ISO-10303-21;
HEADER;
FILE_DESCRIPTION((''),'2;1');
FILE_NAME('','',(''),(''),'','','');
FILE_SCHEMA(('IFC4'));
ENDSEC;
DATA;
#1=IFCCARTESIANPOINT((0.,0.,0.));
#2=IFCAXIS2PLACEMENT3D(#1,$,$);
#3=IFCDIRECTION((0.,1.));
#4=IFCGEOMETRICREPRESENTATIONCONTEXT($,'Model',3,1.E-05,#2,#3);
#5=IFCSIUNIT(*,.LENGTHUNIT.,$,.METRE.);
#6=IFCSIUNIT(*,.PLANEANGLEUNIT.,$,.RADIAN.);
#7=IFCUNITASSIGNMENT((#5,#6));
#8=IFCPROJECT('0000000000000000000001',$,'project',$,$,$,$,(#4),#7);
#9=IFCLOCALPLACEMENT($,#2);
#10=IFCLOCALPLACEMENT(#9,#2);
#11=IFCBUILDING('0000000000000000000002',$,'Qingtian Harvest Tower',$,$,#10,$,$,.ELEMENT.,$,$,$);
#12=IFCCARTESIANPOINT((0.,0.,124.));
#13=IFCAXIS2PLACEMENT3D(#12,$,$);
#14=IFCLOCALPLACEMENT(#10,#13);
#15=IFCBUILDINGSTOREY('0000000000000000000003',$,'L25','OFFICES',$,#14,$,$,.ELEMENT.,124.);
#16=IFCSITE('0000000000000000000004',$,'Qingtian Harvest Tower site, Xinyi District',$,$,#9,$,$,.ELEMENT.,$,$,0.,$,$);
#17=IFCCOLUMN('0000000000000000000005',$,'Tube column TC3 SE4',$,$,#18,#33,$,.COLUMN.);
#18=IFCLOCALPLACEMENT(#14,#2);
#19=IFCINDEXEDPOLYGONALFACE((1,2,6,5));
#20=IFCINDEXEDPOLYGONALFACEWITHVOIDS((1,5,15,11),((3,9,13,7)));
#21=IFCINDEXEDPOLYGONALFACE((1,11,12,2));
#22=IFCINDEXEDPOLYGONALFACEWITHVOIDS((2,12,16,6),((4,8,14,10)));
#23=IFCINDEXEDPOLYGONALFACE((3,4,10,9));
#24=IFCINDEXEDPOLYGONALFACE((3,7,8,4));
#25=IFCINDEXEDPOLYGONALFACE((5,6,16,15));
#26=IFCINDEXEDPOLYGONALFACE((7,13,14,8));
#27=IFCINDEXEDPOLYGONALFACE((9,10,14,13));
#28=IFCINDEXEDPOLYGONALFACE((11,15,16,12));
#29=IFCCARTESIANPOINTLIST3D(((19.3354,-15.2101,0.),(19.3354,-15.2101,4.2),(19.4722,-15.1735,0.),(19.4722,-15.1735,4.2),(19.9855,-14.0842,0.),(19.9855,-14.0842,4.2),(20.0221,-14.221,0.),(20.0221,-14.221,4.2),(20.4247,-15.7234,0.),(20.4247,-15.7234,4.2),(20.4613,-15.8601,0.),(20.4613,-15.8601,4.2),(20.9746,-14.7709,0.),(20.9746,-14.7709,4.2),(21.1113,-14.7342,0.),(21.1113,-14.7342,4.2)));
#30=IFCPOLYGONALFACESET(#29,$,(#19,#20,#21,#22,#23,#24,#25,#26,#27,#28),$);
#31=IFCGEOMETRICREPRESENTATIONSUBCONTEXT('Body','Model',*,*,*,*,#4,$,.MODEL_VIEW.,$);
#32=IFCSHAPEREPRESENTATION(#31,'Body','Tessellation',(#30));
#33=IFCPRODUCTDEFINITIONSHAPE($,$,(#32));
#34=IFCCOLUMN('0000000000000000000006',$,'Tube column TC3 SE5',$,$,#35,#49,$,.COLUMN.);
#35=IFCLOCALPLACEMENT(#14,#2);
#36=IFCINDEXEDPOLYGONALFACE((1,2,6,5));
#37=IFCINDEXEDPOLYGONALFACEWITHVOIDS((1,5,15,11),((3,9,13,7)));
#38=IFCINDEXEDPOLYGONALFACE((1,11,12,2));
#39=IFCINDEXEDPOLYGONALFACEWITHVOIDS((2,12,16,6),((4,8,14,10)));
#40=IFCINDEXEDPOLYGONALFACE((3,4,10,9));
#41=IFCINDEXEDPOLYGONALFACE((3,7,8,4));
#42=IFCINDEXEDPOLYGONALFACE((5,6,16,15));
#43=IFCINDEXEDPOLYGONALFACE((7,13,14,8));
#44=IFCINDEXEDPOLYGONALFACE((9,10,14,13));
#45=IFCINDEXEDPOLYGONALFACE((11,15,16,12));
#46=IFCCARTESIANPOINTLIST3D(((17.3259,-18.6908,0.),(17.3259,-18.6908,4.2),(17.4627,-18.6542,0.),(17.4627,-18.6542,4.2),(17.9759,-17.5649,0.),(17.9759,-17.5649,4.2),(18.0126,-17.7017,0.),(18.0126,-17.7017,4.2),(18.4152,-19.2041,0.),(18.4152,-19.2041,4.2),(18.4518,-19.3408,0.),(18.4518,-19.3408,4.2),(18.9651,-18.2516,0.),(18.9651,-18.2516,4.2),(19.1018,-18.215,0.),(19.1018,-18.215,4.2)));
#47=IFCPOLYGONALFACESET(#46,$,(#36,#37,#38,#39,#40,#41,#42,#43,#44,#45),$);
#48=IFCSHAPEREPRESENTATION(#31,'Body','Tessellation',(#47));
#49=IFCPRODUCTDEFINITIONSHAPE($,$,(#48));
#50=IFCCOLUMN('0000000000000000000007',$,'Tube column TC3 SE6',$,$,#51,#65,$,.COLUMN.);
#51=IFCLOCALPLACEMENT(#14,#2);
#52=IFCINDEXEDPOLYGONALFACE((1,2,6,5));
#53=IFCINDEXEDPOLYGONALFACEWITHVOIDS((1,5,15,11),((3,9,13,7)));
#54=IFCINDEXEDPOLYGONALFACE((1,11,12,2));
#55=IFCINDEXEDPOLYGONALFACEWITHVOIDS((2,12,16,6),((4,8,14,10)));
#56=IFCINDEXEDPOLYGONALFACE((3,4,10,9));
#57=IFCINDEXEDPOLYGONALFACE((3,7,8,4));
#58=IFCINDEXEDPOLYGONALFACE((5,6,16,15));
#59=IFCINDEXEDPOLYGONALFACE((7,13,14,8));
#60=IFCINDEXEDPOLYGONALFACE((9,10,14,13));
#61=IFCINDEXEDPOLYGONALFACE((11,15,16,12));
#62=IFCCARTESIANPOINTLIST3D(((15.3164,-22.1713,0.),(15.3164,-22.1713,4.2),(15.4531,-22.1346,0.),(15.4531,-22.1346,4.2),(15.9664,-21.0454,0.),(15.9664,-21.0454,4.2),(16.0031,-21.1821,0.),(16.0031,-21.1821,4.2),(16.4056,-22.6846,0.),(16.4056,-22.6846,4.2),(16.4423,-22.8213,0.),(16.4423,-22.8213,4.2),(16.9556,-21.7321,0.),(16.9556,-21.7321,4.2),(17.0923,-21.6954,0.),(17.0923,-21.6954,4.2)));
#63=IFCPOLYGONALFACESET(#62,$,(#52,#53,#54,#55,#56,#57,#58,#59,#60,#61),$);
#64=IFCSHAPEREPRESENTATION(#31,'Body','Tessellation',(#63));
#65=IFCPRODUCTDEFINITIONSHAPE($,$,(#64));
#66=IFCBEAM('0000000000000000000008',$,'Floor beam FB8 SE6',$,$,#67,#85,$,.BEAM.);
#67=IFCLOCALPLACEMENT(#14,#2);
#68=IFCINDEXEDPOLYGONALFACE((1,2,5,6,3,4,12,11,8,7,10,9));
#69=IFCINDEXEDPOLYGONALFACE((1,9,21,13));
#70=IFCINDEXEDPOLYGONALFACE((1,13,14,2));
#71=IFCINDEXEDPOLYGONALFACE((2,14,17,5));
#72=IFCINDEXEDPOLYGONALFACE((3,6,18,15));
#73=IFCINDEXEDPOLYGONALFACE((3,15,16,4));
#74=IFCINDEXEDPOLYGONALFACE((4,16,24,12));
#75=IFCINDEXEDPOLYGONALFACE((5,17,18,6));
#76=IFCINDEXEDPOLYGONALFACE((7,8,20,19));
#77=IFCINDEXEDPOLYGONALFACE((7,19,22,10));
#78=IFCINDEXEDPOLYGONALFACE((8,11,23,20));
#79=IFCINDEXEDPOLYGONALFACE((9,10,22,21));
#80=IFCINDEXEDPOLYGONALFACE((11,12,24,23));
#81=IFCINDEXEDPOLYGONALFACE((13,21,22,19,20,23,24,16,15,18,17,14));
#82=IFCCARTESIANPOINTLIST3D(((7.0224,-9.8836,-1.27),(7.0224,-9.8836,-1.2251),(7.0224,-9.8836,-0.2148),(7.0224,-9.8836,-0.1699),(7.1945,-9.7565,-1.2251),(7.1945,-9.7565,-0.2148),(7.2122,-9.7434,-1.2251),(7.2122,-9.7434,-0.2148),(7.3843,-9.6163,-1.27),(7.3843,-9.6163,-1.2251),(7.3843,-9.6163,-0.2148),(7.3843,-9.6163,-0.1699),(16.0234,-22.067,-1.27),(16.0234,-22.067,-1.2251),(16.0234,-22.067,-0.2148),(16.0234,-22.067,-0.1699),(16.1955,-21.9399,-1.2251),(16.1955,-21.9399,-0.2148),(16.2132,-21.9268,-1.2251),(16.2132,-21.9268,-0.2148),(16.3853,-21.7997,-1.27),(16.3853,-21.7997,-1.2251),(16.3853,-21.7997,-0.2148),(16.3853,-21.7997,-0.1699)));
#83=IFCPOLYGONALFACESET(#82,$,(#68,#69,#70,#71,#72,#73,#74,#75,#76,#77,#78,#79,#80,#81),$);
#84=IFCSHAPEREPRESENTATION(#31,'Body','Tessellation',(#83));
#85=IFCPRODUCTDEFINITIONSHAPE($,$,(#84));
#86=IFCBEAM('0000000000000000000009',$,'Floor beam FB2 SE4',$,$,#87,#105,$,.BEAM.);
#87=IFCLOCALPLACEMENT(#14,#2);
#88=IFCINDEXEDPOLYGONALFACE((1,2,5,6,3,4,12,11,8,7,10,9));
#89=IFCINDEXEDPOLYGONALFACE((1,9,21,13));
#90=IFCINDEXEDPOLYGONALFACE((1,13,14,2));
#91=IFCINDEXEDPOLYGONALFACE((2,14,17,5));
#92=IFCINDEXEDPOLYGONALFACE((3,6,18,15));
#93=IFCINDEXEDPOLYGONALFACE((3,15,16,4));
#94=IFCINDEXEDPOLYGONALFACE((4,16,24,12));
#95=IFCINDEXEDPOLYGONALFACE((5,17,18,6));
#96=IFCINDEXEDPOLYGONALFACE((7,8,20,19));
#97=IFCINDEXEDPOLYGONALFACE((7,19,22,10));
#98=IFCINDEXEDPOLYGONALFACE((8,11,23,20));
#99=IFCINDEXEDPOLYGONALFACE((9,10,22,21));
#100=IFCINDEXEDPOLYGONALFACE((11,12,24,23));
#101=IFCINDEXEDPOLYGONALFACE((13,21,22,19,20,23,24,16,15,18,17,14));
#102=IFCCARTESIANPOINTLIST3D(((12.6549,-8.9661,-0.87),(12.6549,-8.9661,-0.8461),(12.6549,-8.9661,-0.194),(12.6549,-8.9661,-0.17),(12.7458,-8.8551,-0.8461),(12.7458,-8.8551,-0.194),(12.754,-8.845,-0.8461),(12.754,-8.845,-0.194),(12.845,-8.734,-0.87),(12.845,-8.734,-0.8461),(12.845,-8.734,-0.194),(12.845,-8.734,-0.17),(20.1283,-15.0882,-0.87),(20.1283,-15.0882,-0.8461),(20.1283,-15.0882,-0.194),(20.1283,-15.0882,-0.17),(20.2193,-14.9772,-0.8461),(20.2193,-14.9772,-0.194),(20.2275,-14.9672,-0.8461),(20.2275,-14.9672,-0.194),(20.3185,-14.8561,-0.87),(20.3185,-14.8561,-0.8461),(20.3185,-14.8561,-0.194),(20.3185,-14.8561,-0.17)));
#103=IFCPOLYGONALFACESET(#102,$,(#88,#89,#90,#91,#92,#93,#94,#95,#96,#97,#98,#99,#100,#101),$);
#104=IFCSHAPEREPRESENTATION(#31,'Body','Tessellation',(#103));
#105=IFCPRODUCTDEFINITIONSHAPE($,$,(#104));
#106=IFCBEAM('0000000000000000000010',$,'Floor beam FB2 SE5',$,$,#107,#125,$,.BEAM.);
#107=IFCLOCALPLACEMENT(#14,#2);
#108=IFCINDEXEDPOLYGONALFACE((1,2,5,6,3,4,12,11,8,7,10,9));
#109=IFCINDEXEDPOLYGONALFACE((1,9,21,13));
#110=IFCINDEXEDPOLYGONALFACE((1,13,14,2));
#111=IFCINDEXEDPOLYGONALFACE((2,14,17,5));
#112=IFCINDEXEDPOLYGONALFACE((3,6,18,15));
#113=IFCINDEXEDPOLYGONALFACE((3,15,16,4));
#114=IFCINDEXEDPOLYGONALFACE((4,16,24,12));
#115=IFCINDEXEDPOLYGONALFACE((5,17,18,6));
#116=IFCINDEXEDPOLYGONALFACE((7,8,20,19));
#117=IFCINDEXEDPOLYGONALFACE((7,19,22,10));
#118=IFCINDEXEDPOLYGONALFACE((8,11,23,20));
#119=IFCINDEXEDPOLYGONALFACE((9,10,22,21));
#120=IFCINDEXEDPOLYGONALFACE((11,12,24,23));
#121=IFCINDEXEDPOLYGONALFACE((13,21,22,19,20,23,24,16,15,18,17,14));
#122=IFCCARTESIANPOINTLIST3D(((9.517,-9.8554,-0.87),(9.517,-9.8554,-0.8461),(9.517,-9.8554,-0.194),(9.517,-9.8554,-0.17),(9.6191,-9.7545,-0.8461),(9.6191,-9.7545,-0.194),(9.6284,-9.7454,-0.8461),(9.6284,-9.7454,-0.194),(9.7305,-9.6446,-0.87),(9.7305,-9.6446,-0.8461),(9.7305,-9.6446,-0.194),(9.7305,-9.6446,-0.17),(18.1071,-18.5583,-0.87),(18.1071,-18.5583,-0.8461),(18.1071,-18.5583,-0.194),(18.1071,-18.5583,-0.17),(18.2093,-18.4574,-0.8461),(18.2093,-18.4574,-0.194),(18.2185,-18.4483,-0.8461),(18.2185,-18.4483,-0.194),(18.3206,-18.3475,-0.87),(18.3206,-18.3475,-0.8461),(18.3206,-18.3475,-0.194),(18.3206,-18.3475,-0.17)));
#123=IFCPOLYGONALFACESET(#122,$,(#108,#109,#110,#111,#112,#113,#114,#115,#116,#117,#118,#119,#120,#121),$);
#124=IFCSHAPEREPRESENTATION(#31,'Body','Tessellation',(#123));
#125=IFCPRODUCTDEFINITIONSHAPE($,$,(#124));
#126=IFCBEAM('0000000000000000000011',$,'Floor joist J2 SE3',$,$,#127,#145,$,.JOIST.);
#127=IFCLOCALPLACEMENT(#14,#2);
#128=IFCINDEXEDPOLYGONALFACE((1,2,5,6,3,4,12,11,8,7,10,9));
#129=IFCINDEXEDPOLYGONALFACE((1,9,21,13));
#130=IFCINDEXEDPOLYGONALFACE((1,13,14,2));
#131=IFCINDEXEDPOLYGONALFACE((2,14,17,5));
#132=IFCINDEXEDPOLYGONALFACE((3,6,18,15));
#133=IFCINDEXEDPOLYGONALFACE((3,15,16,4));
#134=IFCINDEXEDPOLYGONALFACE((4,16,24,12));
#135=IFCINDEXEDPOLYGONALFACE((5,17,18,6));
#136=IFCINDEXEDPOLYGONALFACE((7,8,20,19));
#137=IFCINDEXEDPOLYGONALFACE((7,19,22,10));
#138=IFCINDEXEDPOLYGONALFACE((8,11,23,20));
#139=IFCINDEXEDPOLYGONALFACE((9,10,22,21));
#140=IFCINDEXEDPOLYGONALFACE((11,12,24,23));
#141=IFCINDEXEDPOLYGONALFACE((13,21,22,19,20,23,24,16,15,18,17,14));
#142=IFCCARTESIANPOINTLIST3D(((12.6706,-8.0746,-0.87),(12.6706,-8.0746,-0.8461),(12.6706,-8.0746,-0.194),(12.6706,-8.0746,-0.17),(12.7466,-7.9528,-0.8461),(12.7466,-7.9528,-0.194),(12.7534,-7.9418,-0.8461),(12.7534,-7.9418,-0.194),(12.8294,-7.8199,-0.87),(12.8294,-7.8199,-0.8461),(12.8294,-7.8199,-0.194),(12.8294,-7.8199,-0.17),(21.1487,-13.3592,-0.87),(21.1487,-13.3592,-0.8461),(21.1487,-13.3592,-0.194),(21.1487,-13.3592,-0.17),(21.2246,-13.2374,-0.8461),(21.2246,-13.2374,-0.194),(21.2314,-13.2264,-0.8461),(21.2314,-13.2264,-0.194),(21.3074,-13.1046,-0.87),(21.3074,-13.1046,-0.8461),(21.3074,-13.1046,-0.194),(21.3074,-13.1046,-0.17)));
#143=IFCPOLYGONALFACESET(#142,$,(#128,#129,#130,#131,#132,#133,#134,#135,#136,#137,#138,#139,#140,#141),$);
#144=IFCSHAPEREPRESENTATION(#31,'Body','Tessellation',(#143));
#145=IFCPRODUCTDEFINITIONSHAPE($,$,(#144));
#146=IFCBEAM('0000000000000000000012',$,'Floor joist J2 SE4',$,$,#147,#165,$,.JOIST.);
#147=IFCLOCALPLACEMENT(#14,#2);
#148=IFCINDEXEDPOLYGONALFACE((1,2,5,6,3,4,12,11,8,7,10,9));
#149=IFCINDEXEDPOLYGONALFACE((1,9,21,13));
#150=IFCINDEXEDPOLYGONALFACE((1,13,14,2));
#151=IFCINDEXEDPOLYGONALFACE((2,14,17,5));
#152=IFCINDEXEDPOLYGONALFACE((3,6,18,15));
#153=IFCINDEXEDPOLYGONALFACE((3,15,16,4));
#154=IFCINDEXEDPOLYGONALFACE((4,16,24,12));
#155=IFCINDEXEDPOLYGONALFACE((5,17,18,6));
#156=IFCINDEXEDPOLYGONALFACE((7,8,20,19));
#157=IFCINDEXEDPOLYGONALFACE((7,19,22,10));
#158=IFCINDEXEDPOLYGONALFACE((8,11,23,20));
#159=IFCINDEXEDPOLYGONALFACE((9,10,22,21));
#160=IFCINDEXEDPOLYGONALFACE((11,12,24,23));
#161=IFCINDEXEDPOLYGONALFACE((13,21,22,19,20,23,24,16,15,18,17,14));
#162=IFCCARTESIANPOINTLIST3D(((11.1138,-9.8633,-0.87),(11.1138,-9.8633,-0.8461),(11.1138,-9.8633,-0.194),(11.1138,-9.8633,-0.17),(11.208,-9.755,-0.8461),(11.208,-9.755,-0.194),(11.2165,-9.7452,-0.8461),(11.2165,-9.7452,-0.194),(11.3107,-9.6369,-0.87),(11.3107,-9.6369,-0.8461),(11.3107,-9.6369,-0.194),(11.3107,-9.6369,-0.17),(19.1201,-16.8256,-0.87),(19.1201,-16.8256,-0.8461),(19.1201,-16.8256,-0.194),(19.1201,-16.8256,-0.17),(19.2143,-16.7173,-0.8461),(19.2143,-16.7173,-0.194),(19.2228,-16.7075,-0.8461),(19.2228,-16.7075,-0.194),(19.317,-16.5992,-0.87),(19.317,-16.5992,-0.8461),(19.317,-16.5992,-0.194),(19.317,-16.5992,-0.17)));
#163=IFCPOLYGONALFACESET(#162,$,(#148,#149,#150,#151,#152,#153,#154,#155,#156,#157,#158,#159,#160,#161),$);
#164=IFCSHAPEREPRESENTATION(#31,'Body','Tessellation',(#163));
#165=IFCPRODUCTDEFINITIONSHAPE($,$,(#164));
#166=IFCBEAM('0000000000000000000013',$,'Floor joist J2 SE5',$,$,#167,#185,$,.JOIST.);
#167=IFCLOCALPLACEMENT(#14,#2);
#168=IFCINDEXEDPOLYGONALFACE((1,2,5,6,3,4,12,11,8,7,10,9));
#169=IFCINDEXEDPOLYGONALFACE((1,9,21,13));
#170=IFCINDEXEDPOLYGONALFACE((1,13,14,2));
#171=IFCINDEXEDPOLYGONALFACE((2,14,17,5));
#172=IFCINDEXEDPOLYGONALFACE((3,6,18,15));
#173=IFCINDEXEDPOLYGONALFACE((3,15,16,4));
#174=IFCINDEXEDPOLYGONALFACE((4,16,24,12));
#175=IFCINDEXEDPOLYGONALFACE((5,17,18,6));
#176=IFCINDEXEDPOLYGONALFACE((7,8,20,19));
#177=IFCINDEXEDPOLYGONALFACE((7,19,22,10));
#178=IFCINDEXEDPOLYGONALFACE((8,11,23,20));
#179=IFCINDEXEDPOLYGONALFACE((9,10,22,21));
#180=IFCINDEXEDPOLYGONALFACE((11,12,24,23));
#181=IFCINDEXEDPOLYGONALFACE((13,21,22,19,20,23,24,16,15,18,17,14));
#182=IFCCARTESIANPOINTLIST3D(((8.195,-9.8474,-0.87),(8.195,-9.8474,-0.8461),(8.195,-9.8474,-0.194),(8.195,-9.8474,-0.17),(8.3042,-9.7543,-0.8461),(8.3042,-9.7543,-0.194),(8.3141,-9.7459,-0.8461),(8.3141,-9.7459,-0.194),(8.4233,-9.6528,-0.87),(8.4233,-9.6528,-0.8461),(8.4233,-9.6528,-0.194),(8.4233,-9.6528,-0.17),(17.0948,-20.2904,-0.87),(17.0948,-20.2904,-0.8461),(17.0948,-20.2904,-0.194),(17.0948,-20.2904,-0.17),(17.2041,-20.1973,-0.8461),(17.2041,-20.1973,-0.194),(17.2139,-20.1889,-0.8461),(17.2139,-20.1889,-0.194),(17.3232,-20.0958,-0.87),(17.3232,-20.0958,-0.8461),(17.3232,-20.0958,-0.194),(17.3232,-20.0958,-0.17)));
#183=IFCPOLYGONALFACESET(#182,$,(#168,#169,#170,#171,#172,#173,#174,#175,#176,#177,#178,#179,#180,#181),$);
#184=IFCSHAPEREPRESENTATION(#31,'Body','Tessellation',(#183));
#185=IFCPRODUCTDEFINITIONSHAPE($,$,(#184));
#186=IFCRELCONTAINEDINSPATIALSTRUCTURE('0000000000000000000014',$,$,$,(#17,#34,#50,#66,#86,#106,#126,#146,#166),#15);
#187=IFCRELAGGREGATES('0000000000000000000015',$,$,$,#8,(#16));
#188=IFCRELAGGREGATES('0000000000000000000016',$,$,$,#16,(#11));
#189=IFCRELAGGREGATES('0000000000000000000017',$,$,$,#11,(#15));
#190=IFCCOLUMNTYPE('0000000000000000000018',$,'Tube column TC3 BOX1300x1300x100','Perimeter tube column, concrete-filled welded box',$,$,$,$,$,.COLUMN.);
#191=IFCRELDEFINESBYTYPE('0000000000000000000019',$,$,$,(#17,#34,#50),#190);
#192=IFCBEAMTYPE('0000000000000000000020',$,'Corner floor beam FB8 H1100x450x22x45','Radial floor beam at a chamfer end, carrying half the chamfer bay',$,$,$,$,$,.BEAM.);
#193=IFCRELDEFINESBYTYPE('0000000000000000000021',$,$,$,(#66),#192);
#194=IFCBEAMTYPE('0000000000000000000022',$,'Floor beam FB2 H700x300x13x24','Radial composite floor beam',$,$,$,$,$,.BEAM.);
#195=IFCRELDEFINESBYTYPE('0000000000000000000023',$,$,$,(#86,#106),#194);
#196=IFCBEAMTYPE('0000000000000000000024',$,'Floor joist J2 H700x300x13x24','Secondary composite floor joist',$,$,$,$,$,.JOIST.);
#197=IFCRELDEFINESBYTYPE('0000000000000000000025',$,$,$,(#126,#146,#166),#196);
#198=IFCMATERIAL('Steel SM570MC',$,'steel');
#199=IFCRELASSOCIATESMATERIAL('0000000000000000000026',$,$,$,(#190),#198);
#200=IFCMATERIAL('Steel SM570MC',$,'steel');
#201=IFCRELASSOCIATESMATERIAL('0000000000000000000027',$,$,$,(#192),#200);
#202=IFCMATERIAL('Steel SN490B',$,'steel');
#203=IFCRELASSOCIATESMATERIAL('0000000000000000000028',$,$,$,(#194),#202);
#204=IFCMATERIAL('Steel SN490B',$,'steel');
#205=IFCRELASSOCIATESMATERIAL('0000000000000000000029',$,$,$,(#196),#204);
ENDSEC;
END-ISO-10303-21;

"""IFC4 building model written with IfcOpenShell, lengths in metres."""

from ifc_helpers import new_model, si_unit, direction, frame, origin, origin_2d, place, context, subcontext, project, spatial, hollow_rectangle, i_section, extrude, material, material_profile, profile_set, type_object, element, save


model = new_model("IFC4")

# Units and contexts
model_context = context("Model", 3, precision=1e-05, world=origin(), true_north=direction((0.0, 1.0)))
body_context = subcontext(model_context, "Body", "Model", "MODEL_VIEW")
ifc_project = project(units=[si_unit("LENGTHUNIT", "METRE"), si_unit("PLANEANGLEUNIT", "RADIAN")], contexts=[model_context])

# Site, building, storey
site_placement = place(None, origin())
site = spatial("IfcSite", under=ifc_project, at=site_placement, Name="Qingtian Harvest Tower site, Xinyi District", CompositionType="ELEMENT", RefElevation=0.0)
building_placement = place(site_placement, origin())
building = spatial("IfcBuilding", under=site, at=building_placement, Name="Qingtian Harvest Tower", CompositionType="ELEMENT")
storey_placement = place(building_placement, frame((0.0, 0.0, 124.0)))
storey = spatial("IfcBuildingStorey", under=building, at=storey_placement, Name="L25", Description="OFFICES", CompositionType="ELEMENT", Elevation=124.0)

# Columns
ifc_material_1 = material(Name="Steel SM570MC", Category="steel")
ifc_material_profile_1 = material_profile(ifc_material_1, hollow_rectangle(XDim=1.3, YDim=1.3, WallThickness=0.1001, at=origin_2d()), Name="BOX1300x1300x100")
ifc_profile_set_1 = profile_set([ifc_material_profile_1], Name="Steel SM570MC")
column_type = type_object("IfcColumnType", Name="Tube column TC3 BOX1300x1300x100", Description="Perimeter tube column, concrete-filled welded box", PredefinedType="COLUMN", material=ifc_profile_set_1)
for number, where, z_axis, x_axis, name in (
    (1, (20.2234, -14.9722, 0.0), (0.0, 0.0, 1.0), (0.5, 0.866025, 0.0), "Tube column TC3 SE4"),
    (2, (18.2139, -18.4529, 0.0), (0.0, 0.0, 1.0), (0.5, 0.866025, 0.0), "Tube column TC3 SE5"),
    (3, (16.2043, -21.9333, 0.0), (0.0, 0.0, 1.0), (0.5, 0.866025, 0.0), "Tube column TC3 SE6"),
):
    element("IfcColumn", number, at=place(storey_placement, frame(where, z_axis=z_axis, x_axis=x_axis)), inside=storey, type_object=column_type, Name=name, PredefinedType="COLUMN", context=body_context, shape_type="SweptSolid", body=[
        extrude(hollow_rectangle(XDim=1.3, YDim=1.3, WallThickness=0.1001, at=origin_2d()), origin(), (0.0, 0.0, 1.0), 4.2),
    ])

# Beams
ifc_material_2 = material(Name="Steel SM570MC", Category="steel")
ifc_material_profile_2 = material_profile(ifc_material_2, i_section(OverallWidth=0.45, OverallDepth=1.1001, WebThickness=0.022, FlangeThickness=0.0449, at=origin_2d()), Name="H1100x450x22x45")
ifc_profile_set_2 = profile_set([ifc_material_profile_2], Name="Steel SM570MC")
beam_type_1 = type_object("IfcBeamType", Name="Corner floor beam FB8 H1100x450x22x45", Description="Radial floor beam at a chamfer end, carrying half the chamfer bay", PredefinedType="BEAM", material=ifc_profile_set_2)
beam_1_placement = place(storey_placement, frame((16.2043, -21.9333, -0.72), z_axis=(-0.594216, 0.804306, 0.0), x_axis=(-0.804306, -0.594216, 0.0)))
element("IfcBeam", 4, at=beam_1_placement, inside=storey, type_object=beam_type_1, Name="Floor beam FB8 SE6", PredefinedType="BEAM", context=body_context, shape_type="SweptSolid", body=[
    extrude(i_section(OverallWidth=0.45, OverallDepth=1.1001, WebThickness=0.022, FlangeThickness=0.0449, at=origin_2d()), origin(), (0.0, 0.0, 1.0), 15.1477),
])
ifc_material_3 = material(Name="Steel SN490B", Category="steel")
ifc_material_profile_3 = material_profile(ifc_material_3, i_section(OverallWidth=0.3, OverallDepth=0.7, WebThickness=0.0129, FlangeThickness=0.0239, at=origin_2d()), Name="H700x300x13x24")
ifc_profile_set_3 = profile_set([ifc_material_profile_3], Name="Steel SN490B")
beam_type_2 = type_object("IfcBeamType", Name="Floor beam FB2 H700x300x13x24", Description="Radial composite floor beam", PredefinedType="BEAM", material=ifc_profile_set_3)
beam_2_placement = place(storey_placement, frame((20.2234, -14.9722, -0.52), z_axis=(-0.773578, 0.633701, 0.0), x_axis=(-0.633701, -0.773578, 0.0)))
element("IfcBeam", 5, at=beam_2_placement, inside=storey, type_object=beam_type_2, Name="Floor beam FB2 SE4", PredefinedType="BEAM", context=body_context, shape_type="SweptSolid", body=[
    extrude(i_section(OverallWidth=0.3, OverallDepth=0.7, WebThickness=0.0129, FlangeThickness=0.0239, at=origin_2d()), origin(), (0.0, 0.0, 1.0), 9.6609),
])
beam_3_placement = place(storey_placement, frame((18.2139, -18.4529, -0.52), z_axis=(-0.70248, 0.711704, 0.0), x_axis=(-0.711704, -0.70248, 0.0)))
element("IfcBeam", 6, at=beam_3_placement, inside=storey, type_object=beam_type_2, Name="Floor beam FB2 SE5", PredefinedType="BEAM", context=body_context, shape_type="SweptSolid", body=[
    extrude(i_section(OverallWidth=0.3, OverallDepth=0.7, WebThickness=0.0129, FlangeThickness=0.0239, at=origin_2d()), origin(), (0.0, 0.0, 1.0), 12.2283),
])
ifc_material_4 = material(Name="Steel SN490B", Category="steel")
ifc_material_profile_4 = material_profile(ifc_material_4, i_section(OverallWidth=0.3, OverallDepth=0.7, WebThickness=0.0129, FlangeThickness=0.0239, at=origin_2d()), Name="H700x300x13x24")
ifc_profile_set_4 = profile_set([ifc_material_profile_4], Name="Steel SN490B")
beam_type_3 = type_object("IfcBeamType", Name="Floor joist J2 H700x300x13x24", Description="Secondary composite floor joist", PredefinedType="JOIST", material=ifc_profile_set_4)
beam_4_placement = place(storey_placement, frame((21.228, -13.2319, -0.52), z_axis=(-0.848632, 0.528984, 0.0), x_axis=(-0.528984, -0.848632, 0.0)))
element("IfcBeam", 7, at=beam_4_placement, inside=storey, type_object=beam_type_3, Name="Floor joist J2 SE3", PredefinedType="JOIST", context=body_context, shape_type="SweptSolid", body=[
    extrude(i_section(OverallWidth=0.3, OverallDepth=0.7, WebThickness=0.0129, FlangeThickness=0.0239, at=origin_2d()), origin(), (0.0, 0.0, 1.0), 9.9902),
])
beam_5_placement = place(storey_placement, frame((19.2185, -16.7124, -0.52), z_axis=(-0.754589, 0.656198, 0.0), x_axis=(-0.656198, -0.754589, 0.0)))
element("IfcBeam", 8, at=beam_5_placement, inside=storey, type_object=beam_type_3, Name="Floor joist J2 SE4", PredefinedType="JOIST", context=body_context, shape_type="SweptSolid", body=[
    extrude(i_section(OverallWidth=0.3, OverallDepth=0.7, WebThickness=0.0129, FlangeThickness=0.0239, at=origin_2d()), origin(), (0.0, 0.0, 1.0), 10.6101),
])
beam_6_placement = place(storey_placement, frame((17.209, -20.1931, -0.52), z_axis=(-0.648632, 0.761102, 0.0), x_axis=(-0.761102, -0.648632, 0.0)))
element("IfcBeam", 9, at=beam_6_placement, inside=storey, type_object=beam_type_3, Name="Floor joist J2 SE5", PredefinedType="JOIST", context=body_context, shape_type="SweptSolid", body=[
    extrude(i_section(OverallWidth=0.3, OverallDepth=0.7, WebThickness=0.0129, FlangeThickness=0.0239, at=origin_2d()), origin(), (0.0, 0.0, 1.0), 13.7209),
])

save(model, "model.ifc")
